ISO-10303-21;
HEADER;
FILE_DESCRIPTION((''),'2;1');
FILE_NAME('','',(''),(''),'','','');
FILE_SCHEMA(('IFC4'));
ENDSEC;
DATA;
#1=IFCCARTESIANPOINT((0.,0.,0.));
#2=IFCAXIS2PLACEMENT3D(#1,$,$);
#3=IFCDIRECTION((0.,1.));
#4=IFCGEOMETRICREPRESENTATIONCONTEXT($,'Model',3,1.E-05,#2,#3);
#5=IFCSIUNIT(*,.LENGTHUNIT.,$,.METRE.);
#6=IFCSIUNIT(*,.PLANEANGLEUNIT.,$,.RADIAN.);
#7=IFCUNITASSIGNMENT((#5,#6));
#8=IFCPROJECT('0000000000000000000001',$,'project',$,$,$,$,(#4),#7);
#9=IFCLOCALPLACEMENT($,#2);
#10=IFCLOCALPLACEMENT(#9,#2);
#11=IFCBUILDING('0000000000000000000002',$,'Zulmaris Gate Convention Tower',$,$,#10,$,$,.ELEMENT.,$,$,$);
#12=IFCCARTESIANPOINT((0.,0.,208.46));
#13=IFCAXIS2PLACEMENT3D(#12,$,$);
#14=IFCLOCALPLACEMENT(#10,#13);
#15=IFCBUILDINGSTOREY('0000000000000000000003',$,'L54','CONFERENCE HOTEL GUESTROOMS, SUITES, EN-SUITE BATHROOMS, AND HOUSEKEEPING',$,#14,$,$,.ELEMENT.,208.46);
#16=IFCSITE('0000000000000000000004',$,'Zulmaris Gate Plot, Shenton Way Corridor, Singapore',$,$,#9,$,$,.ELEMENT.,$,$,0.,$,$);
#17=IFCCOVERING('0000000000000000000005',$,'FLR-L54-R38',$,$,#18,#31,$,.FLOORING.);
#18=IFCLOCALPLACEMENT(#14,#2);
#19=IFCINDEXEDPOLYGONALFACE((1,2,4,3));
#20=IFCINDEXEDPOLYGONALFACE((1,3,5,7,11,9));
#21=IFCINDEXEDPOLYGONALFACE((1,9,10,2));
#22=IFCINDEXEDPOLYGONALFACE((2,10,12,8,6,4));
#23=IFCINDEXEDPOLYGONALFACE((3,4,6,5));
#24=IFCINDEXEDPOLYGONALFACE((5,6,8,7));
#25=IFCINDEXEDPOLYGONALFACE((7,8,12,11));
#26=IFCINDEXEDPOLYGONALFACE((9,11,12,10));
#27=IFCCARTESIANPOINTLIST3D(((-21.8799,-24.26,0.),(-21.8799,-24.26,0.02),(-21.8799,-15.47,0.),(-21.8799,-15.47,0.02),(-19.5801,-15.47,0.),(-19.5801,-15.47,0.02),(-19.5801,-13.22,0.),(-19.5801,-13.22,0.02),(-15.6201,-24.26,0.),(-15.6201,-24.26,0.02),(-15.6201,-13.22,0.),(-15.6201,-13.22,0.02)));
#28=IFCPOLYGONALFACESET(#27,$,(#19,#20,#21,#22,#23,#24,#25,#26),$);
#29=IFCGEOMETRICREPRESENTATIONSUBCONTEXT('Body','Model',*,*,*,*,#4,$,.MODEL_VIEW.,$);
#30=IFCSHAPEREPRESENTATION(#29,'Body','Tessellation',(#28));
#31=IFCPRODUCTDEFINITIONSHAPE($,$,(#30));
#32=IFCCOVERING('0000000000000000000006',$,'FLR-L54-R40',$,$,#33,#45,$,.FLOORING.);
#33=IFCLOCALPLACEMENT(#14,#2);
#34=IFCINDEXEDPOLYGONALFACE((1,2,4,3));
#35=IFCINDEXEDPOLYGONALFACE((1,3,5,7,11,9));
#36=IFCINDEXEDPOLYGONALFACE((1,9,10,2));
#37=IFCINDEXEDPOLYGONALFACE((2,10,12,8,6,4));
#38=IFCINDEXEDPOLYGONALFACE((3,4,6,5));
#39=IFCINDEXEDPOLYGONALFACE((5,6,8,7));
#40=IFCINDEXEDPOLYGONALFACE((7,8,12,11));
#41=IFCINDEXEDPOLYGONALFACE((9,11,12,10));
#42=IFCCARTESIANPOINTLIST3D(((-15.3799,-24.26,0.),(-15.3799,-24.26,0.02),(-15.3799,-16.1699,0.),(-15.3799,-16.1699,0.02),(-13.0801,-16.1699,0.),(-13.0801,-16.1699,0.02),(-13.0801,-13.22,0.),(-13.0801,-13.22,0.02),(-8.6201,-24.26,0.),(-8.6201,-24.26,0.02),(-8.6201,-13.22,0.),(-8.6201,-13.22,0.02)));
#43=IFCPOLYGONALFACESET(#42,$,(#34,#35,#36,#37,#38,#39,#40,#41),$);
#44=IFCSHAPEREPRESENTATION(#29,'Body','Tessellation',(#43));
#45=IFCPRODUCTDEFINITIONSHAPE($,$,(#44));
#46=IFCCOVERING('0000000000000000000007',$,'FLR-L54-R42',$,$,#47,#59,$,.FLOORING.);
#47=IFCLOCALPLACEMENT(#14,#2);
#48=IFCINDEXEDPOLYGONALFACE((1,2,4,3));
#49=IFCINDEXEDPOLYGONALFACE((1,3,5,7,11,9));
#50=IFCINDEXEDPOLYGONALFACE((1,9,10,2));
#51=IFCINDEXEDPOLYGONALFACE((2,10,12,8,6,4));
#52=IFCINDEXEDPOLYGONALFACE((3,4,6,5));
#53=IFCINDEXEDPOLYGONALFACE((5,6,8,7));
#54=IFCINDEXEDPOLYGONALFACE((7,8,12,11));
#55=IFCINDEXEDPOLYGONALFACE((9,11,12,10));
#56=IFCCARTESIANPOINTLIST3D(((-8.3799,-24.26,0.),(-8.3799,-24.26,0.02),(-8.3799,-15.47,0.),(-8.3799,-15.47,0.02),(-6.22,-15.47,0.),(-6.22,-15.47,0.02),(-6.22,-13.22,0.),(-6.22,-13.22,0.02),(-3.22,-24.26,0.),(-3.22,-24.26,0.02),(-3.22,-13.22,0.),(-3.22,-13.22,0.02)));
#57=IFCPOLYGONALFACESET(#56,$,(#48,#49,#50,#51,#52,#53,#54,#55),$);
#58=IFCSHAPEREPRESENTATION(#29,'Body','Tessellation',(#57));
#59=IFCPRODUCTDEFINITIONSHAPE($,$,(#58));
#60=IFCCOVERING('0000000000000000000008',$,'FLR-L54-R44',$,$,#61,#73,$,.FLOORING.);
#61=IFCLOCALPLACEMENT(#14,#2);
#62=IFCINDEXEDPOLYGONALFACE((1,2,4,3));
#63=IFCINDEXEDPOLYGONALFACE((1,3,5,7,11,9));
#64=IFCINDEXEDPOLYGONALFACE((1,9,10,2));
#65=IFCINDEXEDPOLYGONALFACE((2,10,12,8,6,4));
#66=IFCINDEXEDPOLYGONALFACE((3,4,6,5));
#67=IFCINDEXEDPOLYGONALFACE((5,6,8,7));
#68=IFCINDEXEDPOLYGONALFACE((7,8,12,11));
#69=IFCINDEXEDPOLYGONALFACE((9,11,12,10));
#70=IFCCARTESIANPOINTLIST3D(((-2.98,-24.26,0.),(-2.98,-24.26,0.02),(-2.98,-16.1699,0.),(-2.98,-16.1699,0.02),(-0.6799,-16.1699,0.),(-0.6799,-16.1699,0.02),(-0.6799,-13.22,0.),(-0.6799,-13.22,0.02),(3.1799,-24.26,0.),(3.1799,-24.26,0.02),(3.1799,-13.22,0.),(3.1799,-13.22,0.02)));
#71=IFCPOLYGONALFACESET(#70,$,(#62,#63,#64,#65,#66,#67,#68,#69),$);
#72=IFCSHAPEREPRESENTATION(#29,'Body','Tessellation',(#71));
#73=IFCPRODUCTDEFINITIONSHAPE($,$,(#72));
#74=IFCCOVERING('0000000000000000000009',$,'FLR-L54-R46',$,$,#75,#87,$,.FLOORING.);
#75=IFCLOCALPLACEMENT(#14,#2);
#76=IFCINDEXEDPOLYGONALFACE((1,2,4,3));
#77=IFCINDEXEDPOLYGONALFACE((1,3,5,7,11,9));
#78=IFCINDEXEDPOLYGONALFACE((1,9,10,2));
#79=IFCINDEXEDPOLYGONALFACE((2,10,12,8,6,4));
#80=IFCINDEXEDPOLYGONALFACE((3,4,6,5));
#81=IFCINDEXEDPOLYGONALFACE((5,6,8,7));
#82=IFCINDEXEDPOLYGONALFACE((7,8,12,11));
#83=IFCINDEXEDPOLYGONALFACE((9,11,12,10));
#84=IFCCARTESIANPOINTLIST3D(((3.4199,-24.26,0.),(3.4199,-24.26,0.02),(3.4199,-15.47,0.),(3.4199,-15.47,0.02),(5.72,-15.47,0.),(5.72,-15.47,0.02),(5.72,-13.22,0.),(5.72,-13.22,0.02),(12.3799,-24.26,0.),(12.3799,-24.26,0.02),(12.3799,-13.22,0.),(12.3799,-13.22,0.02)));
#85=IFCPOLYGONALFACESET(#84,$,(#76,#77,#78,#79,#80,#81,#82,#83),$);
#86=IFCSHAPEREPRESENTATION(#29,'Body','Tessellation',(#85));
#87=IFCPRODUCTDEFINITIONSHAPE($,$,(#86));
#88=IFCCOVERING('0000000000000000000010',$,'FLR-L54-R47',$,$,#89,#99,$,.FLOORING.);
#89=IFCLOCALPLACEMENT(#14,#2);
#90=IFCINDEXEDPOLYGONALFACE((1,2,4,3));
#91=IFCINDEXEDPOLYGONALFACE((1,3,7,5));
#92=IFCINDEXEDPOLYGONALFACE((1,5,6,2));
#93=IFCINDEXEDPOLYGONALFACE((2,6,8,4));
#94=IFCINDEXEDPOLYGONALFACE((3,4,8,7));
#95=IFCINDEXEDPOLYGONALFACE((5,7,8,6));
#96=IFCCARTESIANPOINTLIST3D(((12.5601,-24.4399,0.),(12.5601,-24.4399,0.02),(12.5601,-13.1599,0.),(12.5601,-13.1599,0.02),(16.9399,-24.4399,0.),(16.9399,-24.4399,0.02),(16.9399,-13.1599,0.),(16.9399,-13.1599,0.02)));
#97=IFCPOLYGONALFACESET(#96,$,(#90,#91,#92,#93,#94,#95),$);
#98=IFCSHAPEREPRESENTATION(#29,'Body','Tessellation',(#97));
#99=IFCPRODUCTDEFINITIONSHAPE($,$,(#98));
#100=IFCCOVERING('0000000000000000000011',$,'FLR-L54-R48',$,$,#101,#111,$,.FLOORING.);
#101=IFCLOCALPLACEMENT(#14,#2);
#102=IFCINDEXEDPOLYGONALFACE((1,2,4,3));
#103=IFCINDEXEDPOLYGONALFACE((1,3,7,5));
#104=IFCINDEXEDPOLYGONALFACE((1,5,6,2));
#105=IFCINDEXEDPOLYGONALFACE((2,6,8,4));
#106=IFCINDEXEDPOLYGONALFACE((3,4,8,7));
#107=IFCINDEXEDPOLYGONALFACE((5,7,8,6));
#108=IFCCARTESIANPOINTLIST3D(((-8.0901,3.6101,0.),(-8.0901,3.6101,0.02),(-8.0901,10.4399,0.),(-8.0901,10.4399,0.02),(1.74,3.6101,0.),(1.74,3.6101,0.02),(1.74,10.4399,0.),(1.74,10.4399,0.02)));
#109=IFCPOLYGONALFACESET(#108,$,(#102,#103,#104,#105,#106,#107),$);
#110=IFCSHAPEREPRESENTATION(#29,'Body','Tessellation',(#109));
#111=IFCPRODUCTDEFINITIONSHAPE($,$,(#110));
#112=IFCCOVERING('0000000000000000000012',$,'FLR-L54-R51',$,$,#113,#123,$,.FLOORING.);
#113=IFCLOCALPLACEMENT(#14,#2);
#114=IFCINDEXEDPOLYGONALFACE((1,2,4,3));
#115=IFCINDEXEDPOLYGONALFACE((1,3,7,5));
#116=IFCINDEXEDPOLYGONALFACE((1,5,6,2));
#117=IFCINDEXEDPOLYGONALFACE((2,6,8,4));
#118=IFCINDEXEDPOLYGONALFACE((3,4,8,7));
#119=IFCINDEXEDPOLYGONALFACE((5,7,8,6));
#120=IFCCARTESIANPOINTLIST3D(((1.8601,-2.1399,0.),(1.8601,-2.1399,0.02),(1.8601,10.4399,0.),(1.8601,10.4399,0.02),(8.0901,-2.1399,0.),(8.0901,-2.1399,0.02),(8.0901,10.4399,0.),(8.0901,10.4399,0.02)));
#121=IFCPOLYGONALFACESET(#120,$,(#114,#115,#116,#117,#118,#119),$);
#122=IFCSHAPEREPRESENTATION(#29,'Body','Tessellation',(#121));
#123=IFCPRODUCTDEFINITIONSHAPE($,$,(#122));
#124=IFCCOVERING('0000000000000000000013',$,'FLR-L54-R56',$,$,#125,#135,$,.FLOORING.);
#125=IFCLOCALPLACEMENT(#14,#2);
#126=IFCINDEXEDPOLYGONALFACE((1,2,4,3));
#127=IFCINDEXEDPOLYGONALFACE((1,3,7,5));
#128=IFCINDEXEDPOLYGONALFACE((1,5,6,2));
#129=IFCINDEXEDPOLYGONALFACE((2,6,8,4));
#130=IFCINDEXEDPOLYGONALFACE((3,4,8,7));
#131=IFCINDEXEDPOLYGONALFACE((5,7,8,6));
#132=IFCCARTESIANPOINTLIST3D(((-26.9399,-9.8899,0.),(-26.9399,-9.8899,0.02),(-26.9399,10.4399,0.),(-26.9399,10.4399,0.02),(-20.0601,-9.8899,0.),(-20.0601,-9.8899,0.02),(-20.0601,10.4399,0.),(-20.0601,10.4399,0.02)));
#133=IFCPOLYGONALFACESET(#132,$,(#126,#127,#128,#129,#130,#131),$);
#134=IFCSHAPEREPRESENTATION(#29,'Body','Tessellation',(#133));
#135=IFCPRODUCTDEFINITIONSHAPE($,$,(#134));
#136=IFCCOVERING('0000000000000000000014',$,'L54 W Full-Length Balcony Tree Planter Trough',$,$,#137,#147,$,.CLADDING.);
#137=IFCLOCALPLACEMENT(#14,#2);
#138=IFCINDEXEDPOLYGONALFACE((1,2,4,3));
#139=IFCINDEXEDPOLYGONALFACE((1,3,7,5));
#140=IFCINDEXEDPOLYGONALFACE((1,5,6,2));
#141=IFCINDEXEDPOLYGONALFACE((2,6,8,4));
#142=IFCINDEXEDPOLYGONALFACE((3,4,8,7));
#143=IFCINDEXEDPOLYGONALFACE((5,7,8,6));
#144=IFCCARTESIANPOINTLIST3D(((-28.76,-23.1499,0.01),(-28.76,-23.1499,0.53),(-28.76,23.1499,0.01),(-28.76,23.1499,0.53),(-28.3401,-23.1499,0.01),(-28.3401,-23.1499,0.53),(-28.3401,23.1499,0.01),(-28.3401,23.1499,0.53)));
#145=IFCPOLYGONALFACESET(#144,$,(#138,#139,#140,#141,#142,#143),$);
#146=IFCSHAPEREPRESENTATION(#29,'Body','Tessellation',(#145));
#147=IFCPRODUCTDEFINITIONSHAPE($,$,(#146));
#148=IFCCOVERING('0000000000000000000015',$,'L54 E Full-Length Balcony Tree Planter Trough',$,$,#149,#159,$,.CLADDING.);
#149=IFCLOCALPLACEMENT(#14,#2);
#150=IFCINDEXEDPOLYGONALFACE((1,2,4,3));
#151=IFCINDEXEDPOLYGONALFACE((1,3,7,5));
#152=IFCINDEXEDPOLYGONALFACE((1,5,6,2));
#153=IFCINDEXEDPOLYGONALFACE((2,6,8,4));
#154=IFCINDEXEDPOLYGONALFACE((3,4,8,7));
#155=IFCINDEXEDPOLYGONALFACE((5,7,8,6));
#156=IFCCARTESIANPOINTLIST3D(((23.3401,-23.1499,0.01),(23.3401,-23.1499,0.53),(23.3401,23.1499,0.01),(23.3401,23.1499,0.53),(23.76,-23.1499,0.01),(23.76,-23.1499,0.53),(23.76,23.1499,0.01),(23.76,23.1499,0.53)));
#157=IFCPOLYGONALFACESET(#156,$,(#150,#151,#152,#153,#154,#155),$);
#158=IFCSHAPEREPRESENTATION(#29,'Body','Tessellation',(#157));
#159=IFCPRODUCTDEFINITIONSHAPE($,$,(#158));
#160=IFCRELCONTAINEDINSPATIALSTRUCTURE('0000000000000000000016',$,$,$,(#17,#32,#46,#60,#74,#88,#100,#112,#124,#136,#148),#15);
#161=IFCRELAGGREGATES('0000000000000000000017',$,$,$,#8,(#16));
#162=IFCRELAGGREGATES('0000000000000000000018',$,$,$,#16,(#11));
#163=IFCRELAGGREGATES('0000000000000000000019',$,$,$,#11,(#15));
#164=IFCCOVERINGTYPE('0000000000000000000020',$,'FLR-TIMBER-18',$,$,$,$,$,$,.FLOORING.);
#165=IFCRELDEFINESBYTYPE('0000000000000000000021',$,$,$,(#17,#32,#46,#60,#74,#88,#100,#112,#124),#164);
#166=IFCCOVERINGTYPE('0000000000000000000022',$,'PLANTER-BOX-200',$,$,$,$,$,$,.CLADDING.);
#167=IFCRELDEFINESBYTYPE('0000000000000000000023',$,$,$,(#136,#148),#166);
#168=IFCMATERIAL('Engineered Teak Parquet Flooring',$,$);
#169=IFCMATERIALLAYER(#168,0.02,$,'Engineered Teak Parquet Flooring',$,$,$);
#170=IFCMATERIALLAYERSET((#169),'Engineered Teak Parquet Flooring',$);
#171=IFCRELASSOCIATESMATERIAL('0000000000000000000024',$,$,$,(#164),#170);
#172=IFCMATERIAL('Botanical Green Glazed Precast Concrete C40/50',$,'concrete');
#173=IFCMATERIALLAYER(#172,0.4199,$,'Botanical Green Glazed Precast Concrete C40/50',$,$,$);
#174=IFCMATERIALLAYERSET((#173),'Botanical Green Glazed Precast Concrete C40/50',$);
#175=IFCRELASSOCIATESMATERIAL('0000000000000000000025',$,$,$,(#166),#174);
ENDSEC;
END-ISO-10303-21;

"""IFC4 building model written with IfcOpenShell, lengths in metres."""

from ifc_helpers import new_model, si_unit, direction, frame, origin, place, context, subcontext, project, spatial, polyline, outline, extrude, material, layer, layer_set, type_object, element, save


model = new_model("IFC4")

# Units and contexts
model_context = context("Model", 3, precision=1e-05, world=origin(), true_north=direction((0.0, 1.0)))
body_context = subcontext(model_context, "Body", "Model", "MODEL_VIEW")
ifc_project = project(units=[si_unit("LENGTHUNIT", "METRE"), si_unit("PLANEANGLEUNIT", "RADIAN")], contexts=[model_context])

# Site, building, storey
site_placement = place(None, origin())
site = spatial("IfcSite", under=ifc_project, at=site_placement, Name="Zulmaris Gate Plot, Shenton Way Corridor, Singapore", CompositionType="ELEMENT", RefElevation=0.0)
building_placement = place(site_placement, origin())
building = spatial("IfcBuilding", under=site, at=building_placement, Name="Zulmaris Gate Convention Tower", CompositionType="ELEMENT")
storey_placement = place(building_placement, frame((0.0, 0.0, 208.46)))
storey = spatial("IfcBuildingStorey", under=building, at=storey_placement, Name="L54", Description="CONFERENCE HOTEL GUESTROOMS, SUITES, EN-SUITE BATHROOMS, AND HOUSEKEEPING", CompositionType="ELEMENT", Elevation=208.46)

# Coverings
ifc_material_1 = material(Name="Engineered Teak Parquet Flooring")
ifc_layer_1 = layer(ifc_material_1, 0.02, Name="Engineered Teak Parquet Flooring")
ifc_layer_set_1 = layer_set([ifc_layer_1], Name="Engineered Teak Parquet Flooring")
covering_type_1 = type_object("IfcCoveringType", Name="FLR-TIMBER-18", PredefinedType="FLOORING", material=ifc_layer_set_1)
covering_1_placement = place(storey_placement, origin())
element("IfcCovering", 1, at=covering_1_placement, inside=storey, type_object=covering_type_1, Name="FLR-L54-R38", PredefinedType="FLOORING", context=body_context, shape_type="SweptSolid", body=[
    extrude(outline(polyline([(-21.8799, -24.26), (-15.6201, -24.26), (-15.6201, -13.22), (-19.5801, -13.22), (-19.5801, -15.47), (-21.8799, -15.47), (-21.8799, -24.26)])), origin(), (0.0, 0.0, 1.0), 0.02),
])
covering_2_placement = place(storey_placement, origin())
element("IfcCovering", 2, at=covering_2_placement, inside=storey, type_object=covering_type_1, Name="FLR-L54-R40", PredefinedType="FLOORING", context=body_context, shape_type="SweptSolid", body=[
    extrude(outline(polyline([(-15.3799, -24.26), (-8.6201, -24.26), (-8.6201, -13.22), (-13.0801, -13.22), (-13.0801, -16.1699), (-15.3799, -16.1699), (-15.3799, -24.26)])), origin(), (0.0, 0.0, 1.0), 0.02),
])
covering_3_placement = place(storey_placement, origin())
element("IfcCovering", 3, at=covering_3_placement, inside=storey, type_object=covering_type_1, Name="FLR-L54-R42", PredefinedType="FLOORING", context=body_context, shape_type="SweptSolid", body=[
    extrude(outline(polyline([(-8.3799, -24.26), (-3.22, -24.26), (-3.22, -13.22), (-6.22, -13.22), (-6.22, -15.47), (-8.3799, -15.47), (-8.3799, -24.26)])), origin(), (0.0, 0.0, 1.0), 0.02),
])
covering_4_placement = place(storey_placement, origin())
element("IfcCovering", 4, at=covering_4_placement, inside=storey, type_object=covering_type_1, Name="FLR-L54-R44", PredefinedType="FLOORING", context=body_context, shape_type="SweptSolid", body=[
    extrude(outline(polyline([(-2.98, -24.26), (3.1799, -24.26), (3.1799, -13.22), (-0.6799, -13.22), (-0.6799, -16.1699), (-2.98, -16.1699), (-2.98, -24.26)])), origin(), (0.0, 0.0, 1.0), 0.02),
])
covering_5_placement = place(storey_placement, origin())
element("IfcCovering", 5, at=covering_5_placement, inside=storey, type_object=covering_type_1, Name="FLR-L54-R46", PredefinedType="FLOORING", context=body_context, shape_type="SweptSolid", body=[
    extrude(outline(polyline([(3.4199, -24.26), (12.3799, -24.26), (12.3799, -13.22), (5.72, -13.22), (5.72, -15.47), (3.4199, -15.47), (3.4199, -24.26)])), origin(), (0.0, 0.0, 1.0), 0.02),
])
covering_6_placement = place(storey_placement, origin())
element("IfcCovering", 6, at=covering_6_placement, inside=storey, type_object=covering_type_1, Name="FLR-L54-R47", PredefinedType="FLOORING", context=body_context, shape_type="SweptSolid", body=[
    extrude(outline(polyline([(12.5601, -24.4399), (16.9399, -24.4399), (16.9399, -13.1599), (12.5601, -13.1599), (12.5601, -24.4399)])), origin(), (0.0, 0.0, 1.0), 0.02),
])
covering_7_placement = place(storey_placement, origin())
element("IfcCovering", 7, at=covering_7_placement, inside=storey, type_object=covering_type_1, Name="FLR-L54-R48", PredefinedType="FLOORING", context=body_context, shape_type="SweptSolid", body=[
    extrude(outline(polyline([(-8.0901, 3.6101), (1.74, 3.6101), (1.74, 10.4399), (-8.0901, 10.4399), (-8.0901, 3.6101)])), origin(), (0.0, 0.0, 1.0), 0.02),
])
covering_8_placement = place(storey_placement, origin())
element("IfcCovering", 8, at=covering_8_placement, inside=storey, type_object=covering_type_1, Name="FLR-L54-R51", PredefinedType="FLOORING", context=body_context, shape_type="SweptSolid", body=[
    extrude(outline(polyline([(1.8601, -2.1399), (8.0901, -2.1399), (8.0901, 10.4399), (1.8601, 10.4399), (1.8601, -2.1399)])), origin(), (0.0, 0.0, 1.0), 0.02),
])
covering_9_placement = place(storey_placement, origin())
element("IfcCovering", 9, at=covering_9_placement, inside=storey, type_object=covering_type_1, Name="FLR-L54-R56", PredefinedType="FLOORING", context=body_context, shape_type="SweptSolid", body=[
    extrude(outline(polyline([(-26.9399, -9.8899), (-20.0601, -9.8899), (-20.0601, 10.4399), (-26.9399, 10.4399), (-26.9399, -9.8899)])), origin(), (0.0, 0.0, 1.0), 0.02),
])
ifc_material_2 = material(Name="Botanical Green Glazed Precast Concrete C40/50", Category="concrete")
ifc_layer_2 = layer(ifc_material_2, 0.4199, Name="Botanical Green Glazed Precast Concrete C40/50")
ifc_layer_set_2 = layer_set([ifc_layer_2], Name="Botanical Green Glazed Precast Concrete C40/50")
covering_type_2 = type_object("IfcCoveringType", Name="PLANTER-BOX-200", PredefinedType="CLADDING", material=ifc_layer_set_2)
covering_10_placement = place(storey_placement, frame((0.0, 0.0, 0.01)))
element("IfcCovering", 10, at=covering_10_placement, inside=storey, type_object=covering_type_2, Name="L54 W Full-Length Balcony Tree Planter Trough", PredefinedType="CLADDING", context=body_context, shape_type="SweptSolid", body=[
    extrude(outline(polyline([(-28.76, -23.1499), (-28.3401, -23.1499), (-28.3401, 23.1499), (-28.76, 23.1499), (-28.76, -23.1499)])), origin(), (0.0, 0.0, 1.0), 0.52),
])
covering_11_placement = place(storey_placement, frame((0.0, 0.0, 0.01)))
element("IfcCovering", 11, at=covering_11_placement, inside=storey, type_object=covering_type_2, Name="L54 E Full-Length Balcony Tree Planter Trough", PredefinedType="CLADDING", context=body_context, shape_type="SweptSolid", body=[
    extrude(outline(polyline([(23.3401, -23.1499), (23.76, -23.1499), (23.76, 23.1499), (23.3401, 23.1499), (23.3401, -23.1499)])), origin(), (0.0, 0.0, 1.0), 0.52),
])

save(model, "model.ifc")
